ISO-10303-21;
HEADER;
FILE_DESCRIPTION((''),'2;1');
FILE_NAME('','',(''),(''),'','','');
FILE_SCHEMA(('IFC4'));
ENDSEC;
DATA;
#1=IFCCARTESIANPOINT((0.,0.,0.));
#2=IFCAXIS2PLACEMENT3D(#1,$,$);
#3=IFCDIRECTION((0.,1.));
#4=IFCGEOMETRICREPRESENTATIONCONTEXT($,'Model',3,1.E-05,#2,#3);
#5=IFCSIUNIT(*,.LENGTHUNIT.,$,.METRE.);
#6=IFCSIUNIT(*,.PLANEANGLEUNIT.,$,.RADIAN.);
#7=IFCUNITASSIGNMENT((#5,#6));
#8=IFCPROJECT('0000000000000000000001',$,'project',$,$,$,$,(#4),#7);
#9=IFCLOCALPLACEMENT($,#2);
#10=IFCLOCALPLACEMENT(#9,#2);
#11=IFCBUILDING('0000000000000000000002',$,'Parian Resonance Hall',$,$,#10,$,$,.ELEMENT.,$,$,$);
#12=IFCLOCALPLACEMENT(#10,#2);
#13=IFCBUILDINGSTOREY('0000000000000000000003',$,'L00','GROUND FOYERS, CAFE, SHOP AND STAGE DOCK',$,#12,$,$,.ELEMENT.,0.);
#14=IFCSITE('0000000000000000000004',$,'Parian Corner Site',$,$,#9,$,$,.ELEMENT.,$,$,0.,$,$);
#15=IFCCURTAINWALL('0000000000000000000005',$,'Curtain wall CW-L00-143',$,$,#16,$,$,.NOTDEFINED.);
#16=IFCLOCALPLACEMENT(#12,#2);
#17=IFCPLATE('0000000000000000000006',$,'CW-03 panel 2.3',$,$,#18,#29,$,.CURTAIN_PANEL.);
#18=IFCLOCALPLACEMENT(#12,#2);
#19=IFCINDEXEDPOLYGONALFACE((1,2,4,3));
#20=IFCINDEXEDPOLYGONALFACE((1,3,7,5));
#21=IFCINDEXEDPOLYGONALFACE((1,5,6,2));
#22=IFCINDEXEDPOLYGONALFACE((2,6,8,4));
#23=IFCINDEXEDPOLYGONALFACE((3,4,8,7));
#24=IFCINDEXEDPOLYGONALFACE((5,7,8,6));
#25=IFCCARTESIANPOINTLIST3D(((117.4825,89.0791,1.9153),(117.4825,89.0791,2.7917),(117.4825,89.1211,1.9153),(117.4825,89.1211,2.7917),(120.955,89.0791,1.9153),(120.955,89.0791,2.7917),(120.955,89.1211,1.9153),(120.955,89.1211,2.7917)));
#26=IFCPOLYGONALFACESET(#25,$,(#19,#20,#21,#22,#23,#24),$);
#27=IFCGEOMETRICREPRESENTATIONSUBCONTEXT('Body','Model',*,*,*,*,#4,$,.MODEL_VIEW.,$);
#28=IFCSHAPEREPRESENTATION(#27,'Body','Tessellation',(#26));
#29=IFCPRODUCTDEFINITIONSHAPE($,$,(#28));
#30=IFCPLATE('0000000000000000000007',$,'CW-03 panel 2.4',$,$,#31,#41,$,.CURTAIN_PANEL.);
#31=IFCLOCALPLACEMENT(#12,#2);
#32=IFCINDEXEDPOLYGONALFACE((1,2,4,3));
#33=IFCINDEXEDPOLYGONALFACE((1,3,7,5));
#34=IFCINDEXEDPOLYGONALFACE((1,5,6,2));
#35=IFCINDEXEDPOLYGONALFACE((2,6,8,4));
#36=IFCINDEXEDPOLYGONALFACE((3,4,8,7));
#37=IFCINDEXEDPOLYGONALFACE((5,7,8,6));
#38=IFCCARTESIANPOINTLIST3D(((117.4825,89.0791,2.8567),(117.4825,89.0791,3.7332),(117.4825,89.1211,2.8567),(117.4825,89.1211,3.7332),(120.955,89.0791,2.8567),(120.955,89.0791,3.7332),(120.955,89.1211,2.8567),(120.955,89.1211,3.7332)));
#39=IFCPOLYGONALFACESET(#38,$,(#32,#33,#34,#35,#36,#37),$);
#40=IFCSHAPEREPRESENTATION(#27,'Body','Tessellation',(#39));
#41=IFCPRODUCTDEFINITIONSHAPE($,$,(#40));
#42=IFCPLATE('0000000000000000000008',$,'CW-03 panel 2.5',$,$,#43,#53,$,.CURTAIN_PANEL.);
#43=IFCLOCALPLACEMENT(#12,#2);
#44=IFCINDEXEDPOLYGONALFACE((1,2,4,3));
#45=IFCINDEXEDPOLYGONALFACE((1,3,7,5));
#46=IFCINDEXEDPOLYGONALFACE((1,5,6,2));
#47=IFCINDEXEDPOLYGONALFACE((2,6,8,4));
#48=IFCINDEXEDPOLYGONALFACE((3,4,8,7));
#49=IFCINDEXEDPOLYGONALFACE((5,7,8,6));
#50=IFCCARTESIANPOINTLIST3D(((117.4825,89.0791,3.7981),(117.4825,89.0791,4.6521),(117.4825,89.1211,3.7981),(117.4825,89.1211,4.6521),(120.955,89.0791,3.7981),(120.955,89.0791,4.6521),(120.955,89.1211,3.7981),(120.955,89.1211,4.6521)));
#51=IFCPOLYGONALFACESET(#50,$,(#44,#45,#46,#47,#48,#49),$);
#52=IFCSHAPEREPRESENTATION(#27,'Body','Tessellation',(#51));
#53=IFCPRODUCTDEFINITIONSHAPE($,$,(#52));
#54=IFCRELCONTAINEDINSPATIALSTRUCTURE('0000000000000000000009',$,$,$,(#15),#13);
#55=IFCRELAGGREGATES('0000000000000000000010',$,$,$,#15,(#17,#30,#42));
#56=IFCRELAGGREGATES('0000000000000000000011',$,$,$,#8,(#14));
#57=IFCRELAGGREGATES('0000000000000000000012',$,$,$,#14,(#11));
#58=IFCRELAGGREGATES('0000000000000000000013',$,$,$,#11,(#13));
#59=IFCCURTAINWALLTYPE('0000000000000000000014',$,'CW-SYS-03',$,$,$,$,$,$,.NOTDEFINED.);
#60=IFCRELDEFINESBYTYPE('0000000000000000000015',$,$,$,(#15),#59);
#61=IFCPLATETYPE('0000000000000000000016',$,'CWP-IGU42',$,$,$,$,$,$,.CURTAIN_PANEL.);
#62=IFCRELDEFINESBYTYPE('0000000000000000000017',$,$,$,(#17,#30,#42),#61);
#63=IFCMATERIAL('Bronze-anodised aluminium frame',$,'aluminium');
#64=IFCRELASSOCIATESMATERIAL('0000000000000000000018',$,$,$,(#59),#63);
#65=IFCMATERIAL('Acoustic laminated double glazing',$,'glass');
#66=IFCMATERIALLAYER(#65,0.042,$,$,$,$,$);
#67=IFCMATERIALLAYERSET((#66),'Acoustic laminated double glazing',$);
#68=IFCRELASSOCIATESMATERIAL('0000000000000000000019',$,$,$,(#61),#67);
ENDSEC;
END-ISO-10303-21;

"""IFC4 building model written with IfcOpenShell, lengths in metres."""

from ifc_helpers import new_model, si_unit, direction, frame, origin, origin_2d, place, context, subcontext, project, spatial, rectangle, extrude, material, layer, layer_set, type_object, element, aggregate, save


model = new_model("IFC4")

# Units and contexts
model_context = context("Model", 3, precision=1e-05, world=origin(), true_north=direction((0.0, 1.0)))
body_context = subcontext(model_context, "Body", "Model", "MODEL_VIEW")
ifc_project = project(units=[si_unit("LENGTHUNIT", "METRE"), si_unit("PLANEANGLEUNIT", "RADIAN")], contexts=[model_context])

# Site, building, storey
site_placement = place(None, origin())
site = spatial("IfcSite", under=ifc_project, at=site_placement, Name="Parian Corner Site", CompositionType="ELEMENT", RefElevation=0.0)
building_placement = place(site_placement, origin())
building = spatial("IfcBuilding", under=site, at=building_placement, Name="Parian Resonance Hall", CompositionType="ELEMENT")
storey_placement = place(building_placement, origin())
storey = spatial("IfcBuildingStorey", under=building, at=storey_placement, Name="L00", Description="GROUND FOYERS, CAFE, SHOP AND STAGE DOCK", CompositionType="ELEMENT", Elevation=0.0)

# Curtain wall, plates
ifc_material_1 = material(Name="Bronze-anodised aluminium frame", Category="aluminium")
curtain_wall_type = type_object("IfcCurtainWallType", Name="CW-SYS-03", PredefinedType="NOTDEFINED", material=ifc_material_1)
curtain_wall_placement = place(storey_placement, origin())
curtain_wall = element("IfcCurtainWall", 1, at=curtain_wall_placement, inside=storey, type_object=curtain_wall_type, Name="Curtain wall CW-L00-143", PredefinedType="NOTDEFINED")
ifc_material_2 = material(Name="Acoustic laminated double glazing", Category="glass")
ifc_layer = layer(ifc_material_2, 0.042)
ifc_layer_set = layer_set([ifc_layer], Name="Acoustic laminated double glazing")
plate_type = type_object("IfcPlateType", Name="CWP-IGU42", PredefinedType="CURTAIN_PANEL", material=ifc_layer_set)
plate_1_placement = place(storey_placement, frame((119.2188, 89.1001, 1.9153), z_axis=(0.0, 0.0, 1.0), x_axis=(1.0, 0.0, 0.0)))
plate_1 = element("IfcPlate", 2, at=plate_1_placement, type_object=plate_type, Name="CW-03 panel 2.3", PredefinedType="CURTAIN_PANEL", context=body_context, shape_type="SweptSolid", body=[
    extrude(rectangle(XDim=3.4724, YDim=0.042, at=origin_2d()), origin(), (0.0, 0.0, 1.0), 0.8765),
])
plate_2_placement = place(storey_placement, frame((119.2188, 89.1001, 2.8567), z_axis=(0.0, 0.0, 1.0), x_axis=(1.0, 0.0, 0.0)))
plate_2 = element("IfcPlate", 3, at=plate_2_placement, type_object=plate_type, Name="CW-03 panel 2.4", PredefinedType="CURTAIN_PANEL", context=body_context, shape_type="SweptSolid", body=[
    extrude(rectangle(XDim=3.4724, YDim=0.042, at=origin_2d()), origin(), (0.0, 0.0, 1.0), 0.8765),
])
plate_3_placement = place(storey_placement, frame((119.2188, 89.1001, 3.7981), z_axis=(0.0, 0.0, 1.0), x_axis=(1.0, 0.0, 0.0)))
plate_3 = element("IfcPlate", 4, at=plate_3_placement, type_object=plate_type, Name="CW-03 panel 2.5", PredefinedType="CURTAIN_PANEL", context=body_context, shape_type="SweptSolid", body=[
    extrude(rectangle(XDim=3.4724, YDim=0.042, at=origin_2d()), origin(), (0.0, 0.0, 1.0), 0.854),
])
aggregate(curtain_wall, [plate_1, plate_2, plate_3])

save(model, "model.ifc")
